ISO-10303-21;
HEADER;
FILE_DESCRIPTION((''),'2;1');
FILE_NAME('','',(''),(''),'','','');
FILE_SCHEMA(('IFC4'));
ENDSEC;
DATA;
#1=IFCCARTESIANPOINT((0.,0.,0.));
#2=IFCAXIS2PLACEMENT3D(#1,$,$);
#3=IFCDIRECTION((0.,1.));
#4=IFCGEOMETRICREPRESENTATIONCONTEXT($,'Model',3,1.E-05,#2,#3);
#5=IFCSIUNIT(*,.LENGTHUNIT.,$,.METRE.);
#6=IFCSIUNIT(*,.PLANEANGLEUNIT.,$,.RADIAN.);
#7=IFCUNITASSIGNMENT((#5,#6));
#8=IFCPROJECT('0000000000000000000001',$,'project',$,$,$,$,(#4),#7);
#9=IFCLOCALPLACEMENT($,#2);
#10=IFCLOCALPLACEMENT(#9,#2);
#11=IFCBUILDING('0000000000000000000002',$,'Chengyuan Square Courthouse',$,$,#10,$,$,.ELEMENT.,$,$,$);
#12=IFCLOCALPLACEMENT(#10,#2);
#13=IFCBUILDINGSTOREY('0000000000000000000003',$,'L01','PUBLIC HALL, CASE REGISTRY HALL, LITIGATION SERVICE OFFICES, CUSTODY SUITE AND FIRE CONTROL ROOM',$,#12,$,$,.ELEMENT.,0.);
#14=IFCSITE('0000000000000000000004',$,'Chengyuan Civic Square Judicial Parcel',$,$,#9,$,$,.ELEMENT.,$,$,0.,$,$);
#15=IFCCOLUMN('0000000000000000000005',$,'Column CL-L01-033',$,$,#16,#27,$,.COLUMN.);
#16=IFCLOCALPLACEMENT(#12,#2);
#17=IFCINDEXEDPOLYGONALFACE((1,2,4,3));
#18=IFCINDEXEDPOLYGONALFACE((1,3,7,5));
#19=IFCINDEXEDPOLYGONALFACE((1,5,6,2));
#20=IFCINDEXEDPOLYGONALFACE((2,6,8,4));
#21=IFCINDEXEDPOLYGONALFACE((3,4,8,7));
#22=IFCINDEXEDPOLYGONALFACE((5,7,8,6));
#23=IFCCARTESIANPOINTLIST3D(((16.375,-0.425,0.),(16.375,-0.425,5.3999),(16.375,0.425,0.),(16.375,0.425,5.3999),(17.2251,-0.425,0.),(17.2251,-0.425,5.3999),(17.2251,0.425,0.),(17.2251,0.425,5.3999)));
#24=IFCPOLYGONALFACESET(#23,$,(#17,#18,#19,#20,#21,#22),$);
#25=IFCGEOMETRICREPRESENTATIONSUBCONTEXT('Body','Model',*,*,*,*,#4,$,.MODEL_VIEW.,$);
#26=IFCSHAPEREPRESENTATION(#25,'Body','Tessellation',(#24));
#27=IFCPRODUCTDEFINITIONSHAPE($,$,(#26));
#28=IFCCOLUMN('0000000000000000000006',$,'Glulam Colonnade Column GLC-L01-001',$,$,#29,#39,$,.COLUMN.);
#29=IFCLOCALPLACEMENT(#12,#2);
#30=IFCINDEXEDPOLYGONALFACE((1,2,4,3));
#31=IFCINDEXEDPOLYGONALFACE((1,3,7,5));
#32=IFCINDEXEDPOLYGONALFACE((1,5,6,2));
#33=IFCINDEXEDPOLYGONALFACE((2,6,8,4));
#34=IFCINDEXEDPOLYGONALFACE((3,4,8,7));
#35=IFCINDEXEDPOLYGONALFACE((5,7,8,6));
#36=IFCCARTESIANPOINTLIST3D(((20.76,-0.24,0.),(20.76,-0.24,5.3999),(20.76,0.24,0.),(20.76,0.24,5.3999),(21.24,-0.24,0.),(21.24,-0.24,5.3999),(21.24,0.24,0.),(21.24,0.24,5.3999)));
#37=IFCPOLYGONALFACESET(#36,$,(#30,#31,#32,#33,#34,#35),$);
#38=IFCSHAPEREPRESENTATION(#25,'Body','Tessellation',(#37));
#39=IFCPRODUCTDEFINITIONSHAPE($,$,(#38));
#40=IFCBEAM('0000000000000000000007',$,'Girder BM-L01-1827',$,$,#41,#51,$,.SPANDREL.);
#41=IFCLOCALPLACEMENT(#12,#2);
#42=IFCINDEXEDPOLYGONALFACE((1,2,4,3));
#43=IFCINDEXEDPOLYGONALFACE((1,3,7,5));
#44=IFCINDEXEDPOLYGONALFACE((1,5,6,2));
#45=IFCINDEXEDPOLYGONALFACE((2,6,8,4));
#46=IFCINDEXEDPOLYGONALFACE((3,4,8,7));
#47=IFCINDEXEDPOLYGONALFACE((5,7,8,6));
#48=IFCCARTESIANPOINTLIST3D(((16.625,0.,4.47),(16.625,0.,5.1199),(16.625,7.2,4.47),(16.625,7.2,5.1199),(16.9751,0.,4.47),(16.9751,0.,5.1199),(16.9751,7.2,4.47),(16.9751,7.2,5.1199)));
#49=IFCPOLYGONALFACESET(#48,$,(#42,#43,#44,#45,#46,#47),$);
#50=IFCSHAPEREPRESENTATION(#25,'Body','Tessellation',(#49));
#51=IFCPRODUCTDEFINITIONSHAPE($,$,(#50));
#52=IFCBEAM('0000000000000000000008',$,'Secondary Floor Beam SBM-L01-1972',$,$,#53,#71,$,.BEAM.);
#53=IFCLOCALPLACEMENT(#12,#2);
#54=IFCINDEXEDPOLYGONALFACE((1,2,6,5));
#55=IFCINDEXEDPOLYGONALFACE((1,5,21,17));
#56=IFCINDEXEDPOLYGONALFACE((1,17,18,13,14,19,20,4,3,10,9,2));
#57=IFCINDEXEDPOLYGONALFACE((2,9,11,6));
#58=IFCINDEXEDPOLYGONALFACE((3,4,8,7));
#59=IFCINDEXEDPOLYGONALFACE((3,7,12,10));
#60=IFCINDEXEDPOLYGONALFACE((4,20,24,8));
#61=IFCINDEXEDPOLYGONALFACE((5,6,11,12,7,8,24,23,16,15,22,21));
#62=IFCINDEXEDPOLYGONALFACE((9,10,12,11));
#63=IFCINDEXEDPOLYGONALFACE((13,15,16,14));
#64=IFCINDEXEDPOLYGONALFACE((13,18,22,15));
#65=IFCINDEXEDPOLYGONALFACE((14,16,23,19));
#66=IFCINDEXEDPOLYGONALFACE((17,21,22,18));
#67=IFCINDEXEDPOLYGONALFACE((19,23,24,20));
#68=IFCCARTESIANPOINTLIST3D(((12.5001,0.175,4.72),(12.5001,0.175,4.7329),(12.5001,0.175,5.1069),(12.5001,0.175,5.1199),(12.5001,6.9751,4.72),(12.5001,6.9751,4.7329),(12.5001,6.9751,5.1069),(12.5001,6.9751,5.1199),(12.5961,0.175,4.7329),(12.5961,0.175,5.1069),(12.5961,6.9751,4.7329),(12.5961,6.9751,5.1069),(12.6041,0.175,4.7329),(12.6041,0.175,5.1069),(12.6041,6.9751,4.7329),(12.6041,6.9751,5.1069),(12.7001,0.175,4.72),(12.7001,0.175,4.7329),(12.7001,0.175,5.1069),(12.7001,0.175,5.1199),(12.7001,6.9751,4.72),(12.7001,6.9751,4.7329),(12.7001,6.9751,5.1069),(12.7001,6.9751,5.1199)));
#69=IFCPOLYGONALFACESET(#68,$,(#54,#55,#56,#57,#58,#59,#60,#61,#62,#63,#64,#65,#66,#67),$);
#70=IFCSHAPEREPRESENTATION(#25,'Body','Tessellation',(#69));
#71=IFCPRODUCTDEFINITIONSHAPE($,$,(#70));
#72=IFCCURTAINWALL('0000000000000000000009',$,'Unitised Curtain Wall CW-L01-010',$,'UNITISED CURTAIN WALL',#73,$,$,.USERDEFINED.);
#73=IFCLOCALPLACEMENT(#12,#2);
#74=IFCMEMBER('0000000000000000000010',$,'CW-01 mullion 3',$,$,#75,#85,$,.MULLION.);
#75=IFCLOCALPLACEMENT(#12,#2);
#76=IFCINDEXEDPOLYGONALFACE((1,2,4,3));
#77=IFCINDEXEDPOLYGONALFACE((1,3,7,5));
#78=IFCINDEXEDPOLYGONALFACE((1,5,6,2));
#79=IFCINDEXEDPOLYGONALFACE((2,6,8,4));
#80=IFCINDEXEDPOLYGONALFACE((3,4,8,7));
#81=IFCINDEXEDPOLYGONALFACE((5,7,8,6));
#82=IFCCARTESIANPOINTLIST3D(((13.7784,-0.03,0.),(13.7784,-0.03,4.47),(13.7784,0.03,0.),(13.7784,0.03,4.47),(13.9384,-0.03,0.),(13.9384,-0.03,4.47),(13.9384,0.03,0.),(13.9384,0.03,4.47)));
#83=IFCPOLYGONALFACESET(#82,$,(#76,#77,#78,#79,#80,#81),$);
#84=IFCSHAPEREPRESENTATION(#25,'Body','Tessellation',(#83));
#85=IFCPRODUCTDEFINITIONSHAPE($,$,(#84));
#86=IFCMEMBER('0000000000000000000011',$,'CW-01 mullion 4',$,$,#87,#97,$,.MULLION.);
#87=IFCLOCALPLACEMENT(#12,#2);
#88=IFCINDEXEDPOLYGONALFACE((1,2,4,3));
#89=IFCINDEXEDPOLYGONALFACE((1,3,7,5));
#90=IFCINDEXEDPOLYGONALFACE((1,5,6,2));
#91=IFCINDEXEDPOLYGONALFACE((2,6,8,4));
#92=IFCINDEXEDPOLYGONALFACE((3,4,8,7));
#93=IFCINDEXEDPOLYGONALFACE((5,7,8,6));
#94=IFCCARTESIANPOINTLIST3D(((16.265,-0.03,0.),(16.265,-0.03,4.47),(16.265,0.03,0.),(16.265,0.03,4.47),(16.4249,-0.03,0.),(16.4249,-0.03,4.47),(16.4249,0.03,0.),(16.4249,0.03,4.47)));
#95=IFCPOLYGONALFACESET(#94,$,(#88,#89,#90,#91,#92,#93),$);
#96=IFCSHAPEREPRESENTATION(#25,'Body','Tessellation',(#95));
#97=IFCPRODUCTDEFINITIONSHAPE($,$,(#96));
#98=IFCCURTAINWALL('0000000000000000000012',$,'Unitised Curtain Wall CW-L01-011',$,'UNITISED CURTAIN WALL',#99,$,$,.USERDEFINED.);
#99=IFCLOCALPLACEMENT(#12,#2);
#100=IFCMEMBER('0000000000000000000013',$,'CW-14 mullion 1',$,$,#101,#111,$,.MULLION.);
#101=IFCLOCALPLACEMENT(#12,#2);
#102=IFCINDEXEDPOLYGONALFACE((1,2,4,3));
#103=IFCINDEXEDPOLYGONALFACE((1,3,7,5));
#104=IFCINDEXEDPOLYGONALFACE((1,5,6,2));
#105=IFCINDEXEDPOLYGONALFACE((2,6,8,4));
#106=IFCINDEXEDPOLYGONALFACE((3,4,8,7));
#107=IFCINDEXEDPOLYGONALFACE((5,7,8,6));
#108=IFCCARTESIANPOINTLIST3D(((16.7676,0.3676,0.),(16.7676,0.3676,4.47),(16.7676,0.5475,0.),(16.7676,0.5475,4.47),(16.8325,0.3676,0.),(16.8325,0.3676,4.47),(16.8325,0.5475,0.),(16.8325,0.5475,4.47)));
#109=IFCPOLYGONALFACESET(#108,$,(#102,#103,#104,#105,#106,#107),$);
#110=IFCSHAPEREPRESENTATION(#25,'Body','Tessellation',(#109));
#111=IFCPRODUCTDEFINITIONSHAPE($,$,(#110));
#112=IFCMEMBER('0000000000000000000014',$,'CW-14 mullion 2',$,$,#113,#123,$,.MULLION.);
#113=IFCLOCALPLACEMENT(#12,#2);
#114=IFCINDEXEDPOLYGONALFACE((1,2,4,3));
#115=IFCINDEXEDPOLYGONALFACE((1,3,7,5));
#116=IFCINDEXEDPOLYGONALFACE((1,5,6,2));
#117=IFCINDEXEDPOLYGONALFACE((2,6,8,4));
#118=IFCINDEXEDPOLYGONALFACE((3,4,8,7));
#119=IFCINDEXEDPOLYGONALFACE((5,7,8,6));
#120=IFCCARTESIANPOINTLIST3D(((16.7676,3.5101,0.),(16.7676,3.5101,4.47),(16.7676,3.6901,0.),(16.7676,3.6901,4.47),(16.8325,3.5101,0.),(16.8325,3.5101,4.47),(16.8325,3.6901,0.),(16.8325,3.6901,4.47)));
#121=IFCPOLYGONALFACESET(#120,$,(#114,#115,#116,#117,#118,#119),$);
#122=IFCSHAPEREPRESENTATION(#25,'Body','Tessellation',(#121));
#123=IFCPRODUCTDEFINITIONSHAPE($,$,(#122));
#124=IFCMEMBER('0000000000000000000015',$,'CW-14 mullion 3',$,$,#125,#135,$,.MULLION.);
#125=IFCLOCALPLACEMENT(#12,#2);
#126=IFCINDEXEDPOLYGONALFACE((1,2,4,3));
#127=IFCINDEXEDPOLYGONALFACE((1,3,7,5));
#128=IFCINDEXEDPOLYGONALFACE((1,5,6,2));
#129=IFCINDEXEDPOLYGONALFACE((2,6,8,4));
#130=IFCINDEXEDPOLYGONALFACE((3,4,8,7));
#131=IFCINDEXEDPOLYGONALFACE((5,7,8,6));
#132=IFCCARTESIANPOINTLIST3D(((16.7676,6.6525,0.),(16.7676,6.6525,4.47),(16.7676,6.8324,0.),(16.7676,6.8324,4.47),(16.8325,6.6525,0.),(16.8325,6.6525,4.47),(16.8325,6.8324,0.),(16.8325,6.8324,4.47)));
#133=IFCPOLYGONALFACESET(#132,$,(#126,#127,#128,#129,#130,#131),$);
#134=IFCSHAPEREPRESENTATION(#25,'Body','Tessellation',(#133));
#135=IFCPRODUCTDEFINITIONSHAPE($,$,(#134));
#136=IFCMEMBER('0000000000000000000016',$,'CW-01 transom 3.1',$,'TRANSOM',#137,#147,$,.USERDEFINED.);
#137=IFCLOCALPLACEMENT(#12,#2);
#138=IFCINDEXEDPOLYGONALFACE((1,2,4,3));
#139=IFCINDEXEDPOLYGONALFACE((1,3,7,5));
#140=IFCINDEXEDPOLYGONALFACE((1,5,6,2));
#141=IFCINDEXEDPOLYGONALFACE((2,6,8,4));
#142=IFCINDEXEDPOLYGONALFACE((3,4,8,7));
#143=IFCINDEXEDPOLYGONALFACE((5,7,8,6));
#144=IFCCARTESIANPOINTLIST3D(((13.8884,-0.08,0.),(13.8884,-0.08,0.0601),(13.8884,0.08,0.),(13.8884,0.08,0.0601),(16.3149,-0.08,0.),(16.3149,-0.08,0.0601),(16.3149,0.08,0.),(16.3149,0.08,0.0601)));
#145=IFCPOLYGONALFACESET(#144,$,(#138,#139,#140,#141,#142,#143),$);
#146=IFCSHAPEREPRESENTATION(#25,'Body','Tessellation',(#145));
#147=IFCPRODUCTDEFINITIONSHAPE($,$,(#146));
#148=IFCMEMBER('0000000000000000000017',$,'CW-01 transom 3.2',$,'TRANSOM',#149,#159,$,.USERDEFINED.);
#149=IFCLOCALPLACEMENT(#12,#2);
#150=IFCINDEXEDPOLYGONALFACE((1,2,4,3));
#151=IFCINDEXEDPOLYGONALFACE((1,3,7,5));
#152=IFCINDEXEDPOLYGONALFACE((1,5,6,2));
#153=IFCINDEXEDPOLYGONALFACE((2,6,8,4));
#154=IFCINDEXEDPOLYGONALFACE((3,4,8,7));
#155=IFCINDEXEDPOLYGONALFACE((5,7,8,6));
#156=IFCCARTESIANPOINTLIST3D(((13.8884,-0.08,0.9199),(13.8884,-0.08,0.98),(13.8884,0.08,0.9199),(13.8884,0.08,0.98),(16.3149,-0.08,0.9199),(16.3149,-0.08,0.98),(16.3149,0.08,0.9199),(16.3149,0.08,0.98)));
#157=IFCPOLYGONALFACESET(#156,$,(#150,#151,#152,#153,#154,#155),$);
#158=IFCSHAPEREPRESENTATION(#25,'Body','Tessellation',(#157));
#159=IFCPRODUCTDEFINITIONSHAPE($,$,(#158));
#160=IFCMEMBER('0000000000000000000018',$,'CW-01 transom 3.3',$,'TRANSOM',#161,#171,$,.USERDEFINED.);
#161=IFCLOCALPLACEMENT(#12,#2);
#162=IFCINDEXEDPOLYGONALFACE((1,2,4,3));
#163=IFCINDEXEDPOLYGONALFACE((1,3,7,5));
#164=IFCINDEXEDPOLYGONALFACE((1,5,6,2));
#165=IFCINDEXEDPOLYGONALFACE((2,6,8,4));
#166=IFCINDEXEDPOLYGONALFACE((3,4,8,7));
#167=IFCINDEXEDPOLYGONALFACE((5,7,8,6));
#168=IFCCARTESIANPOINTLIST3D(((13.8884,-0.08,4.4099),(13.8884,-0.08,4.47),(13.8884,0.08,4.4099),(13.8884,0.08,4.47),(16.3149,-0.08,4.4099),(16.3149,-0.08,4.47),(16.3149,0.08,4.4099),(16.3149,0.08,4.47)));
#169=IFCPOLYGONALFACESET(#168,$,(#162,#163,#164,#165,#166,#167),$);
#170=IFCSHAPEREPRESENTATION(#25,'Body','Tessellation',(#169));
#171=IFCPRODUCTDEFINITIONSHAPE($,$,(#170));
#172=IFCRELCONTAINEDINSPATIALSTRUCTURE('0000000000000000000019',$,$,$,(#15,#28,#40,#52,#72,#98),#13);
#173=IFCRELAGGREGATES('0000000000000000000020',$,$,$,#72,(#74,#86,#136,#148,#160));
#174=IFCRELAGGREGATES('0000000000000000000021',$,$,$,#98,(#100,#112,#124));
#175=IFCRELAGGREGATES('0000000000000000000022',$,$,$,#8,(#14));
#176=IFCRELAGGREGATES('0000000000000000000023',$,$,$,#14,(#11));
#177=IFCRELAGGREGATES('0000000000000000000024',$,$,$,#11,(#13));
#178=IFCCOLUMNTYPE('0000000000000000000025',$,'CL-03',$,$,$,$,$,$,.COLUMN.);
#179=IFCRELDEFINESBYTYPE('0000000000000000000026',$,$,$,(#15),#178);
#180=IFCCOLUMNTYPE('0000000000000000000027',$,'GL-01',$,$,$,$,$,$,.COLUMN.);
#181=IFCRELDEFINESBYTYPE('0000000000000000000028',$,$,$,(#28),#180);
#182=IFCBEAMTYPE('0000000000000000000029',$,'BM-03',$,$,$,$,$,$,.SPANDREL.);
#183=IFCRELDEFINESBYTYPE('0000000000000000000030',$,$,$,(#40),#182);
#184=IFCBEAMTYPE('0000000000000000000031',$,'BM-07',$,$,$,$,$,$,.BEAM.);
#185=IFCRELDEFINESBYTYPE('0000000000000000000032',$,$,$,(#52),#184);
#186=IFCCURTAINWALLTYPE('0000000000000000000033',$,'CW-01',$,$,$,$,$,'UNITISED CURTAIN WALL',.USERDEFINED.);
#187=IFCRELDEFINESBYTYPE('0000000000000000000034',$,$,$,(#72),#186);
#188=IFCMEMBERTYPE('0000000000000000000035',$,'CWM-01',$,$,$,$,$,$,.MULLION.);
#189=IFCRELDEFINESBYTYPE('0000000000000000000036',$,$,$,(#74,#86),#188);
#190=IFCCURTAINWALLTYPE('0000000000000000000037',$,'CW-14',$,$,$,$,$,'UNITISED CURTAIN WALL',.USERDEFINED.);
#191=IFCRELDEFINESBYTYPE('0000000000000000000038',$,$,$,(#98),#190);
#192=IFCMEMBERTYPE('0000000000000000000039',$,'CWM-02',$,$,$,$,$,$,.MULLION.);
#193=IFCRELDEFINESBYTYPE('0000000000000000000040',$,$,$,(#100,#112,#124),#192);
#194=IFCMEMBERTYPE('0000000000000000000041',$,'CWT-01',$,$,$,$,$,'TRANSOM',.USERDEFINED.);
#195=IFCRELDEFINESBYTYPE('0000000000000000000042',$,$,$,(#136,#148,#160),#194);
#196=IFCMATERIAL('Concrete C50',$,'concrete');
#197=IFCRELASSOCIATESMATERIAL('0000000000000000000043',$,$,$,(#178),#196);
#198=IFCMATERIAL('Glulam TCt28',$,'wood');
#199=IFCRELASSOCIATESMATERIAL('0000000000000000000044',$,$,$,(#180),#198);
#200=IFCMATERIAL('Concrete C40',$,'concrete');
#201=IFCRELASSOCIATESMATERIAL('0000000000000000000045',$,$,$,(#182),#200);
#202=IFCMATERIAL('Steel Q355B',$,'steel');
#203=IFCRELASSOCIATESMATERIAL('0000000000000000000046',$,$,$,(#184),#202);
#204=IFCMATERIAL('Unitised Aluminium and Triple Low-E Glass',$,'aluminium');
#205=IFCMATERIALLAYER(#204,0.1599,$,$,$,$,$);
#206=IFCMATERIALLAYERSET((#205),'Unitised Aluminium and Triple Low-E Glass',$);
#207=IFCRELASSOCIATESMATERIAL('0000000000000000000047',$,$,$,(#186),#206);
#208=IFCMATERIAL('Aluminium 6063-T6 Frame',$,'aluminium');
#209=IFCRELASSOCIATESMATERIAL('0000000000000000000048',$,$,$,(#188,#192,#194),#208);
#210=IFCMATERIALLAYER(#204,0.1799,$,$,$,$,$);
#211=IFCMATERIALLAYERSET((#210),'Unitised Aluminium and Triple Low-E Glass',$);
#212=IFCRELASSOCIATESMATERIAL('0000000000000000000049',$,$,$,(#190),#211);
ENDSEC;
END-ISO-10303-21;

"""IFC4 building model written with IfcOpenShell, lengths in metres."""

from ifc_helpers import new_model, si_unit, direction, frame, origin, origin_2d, place, context, subcontext, project, spatial, rectangle, i_section, extrude, material, layer, layer_set, material_profile, profile_set, type_object, element, aggregate, save


model = new_model("IFC4")

# Units and contexts
model_context = context("Model", 3, precision=1e-05, world=origin(), true_north=direction((0.0, 1.0)))
body_context = subcontext(model_context, "Body", "Model", "MODEL_VIEW")
ifc_project = project(units=[si_unit("LENGTHUNIT", "METRE"), si_unit("PLANEANGLEUNIT", "RADIAN")], contexts=[model_context])

# Site, building, storey
site_placement = place(None, origin())
site = spatial("IfcSite", under=ifc_project, at=site_placement, Name="Chengyuan Civic Square Judicial Parcel", CompositionType="ELEMENT", RefElevation=0.0)
building_placement = place(site_placement, origin())
building = spatial("IfcBuilding", under=site, at=building_placement, Name="Chengyuan Square Courthouse", CompositionType="ELEMENT")
storey_placement = place(building_placement, origin())
storey = spatial("IfcBuildingStorey", under=building, at=storey_placement, Name="L01", Description="PUBLIC HALL, CASE REGISTRY HALL, LITIGATION SERVICE OFFICES, CUSTODY SUITE AND FIRE CONTROL ROOM", CompositionType="ELEMENT", Elevation=0.0)

# Columns
ifc_material_1 = material(Name="Concrete C50", Category="concrete")
ifc_material_profile_1 = material_profile(ifc_material_1, rectangle(XDim=0.8501, YDim=0.8501, at=origin_2d()), Name="RC-COL-850x850")
ifc_profile_set_1 = profile_set([ifc_material_profile_1], Name="Concrete C50")
column_type_1 = type_object("IfcColumnType", Name="CL-03", PredefinedType="COLUMN", material=ifc_profile_set_1)
column_1_placement = place(storey_placement, frame((16.8, 0.0, 0.0), z_axis=(0.0, 0.0, 1.0), x_axis=(1.0, 0.0, 0.0)))
element("IfcColumn", 1, at=column_1_placement, inside=storey, type_object=column_type_1, Name="Column CL-L01-033", PredefinedType="COLUMN", context=body_context, shape_type="SweptSolid", body=[
    extrude(rectangle(XDim=0.8501, YDim=0.8501, at=origin_2d()), origin(), (0.0, 0.0, 1.0), 5.3999),
])
ifc_material_2 = material(Name="Glulam TCt28", Category="wood")
ifc_material_profile_2 = material_profile(ifc_material_2, rectangle(XDim=0.48, YDim=0.48, at=origin_2d()), Name="GL-COL-480x480")
ifc_profile_set_2 = profile_set([ifc_material_profile_2], Name="Glulam TCt28")
column_type_2 = type_object("IfcColumnType", Name="GL-01", PredefinedType="COLUMN", material=ifc_profile_set_2)
column_2_placement = place(storey_placement, frame((21.0, 0.0, 0.0), z_axis=(0.0, 0.0, 1.0), x_axis=(1.0, 0.0, 0.0)))
element("IfcColumn", 2, at=column_2_placement, inside=storey, type_object=column_type_2, Name="Glulam Colonnade Column GLC-L01-001", PredefinedType="COLUMN", context=body_context, shape_type="SweptSolid", body=[
    extrude(rectangle(XDim=0.48, YDim=0.48, at=origin_2d()), origin(), (0.0, 0.0, 1.0), 5.3999),
])

# Beams
ifc_material_3 = material(Name="Concrete C40", Category="concrete")
ifc_material_profile_3 = material_profile(ifc_material_3, rectangle(XDim=0.3501, YDim=0.6499, at=origin_2d()), Name="RC-BM-350x650")
ifc_profile_set_3 = profile_set([ifc_material_profile_3], Name="Concrete C40")
beam_type_1 = type_object("IfcBeamType", Name="BM-03", PredefinedType="SPANDREL", material=ifc_profile_set_3)
beam_1_placement = place(storey_placement, frame((16.8, 0.0, 4.7949), z_axis=(0.0, 1.0, 0.0), x_axis=(-1.0, 0.0, 0.0)))
element("IfcBeam", 3, at=beam_1_placement, inside=storey, type_object=beam_type_1, Name="Girder BM-L01-1827", PredefinedType="SPANDREL", context=body_context, shape_type="SweptSolid", body=[
    extrude(rectangle(XDim=0.3501, YDim=0.6499, at=origin_2d()), origin(), (0.0, 0.0, 1.0), 7.2),
])
ifc_material_4 = material(Name="Steel Q355B", Category="steel")
ifc_material_profile_4 = material_profile(ifc_material_4, i_section(OverallWidth=0.2, OverallDepth=0.3999, WebThickness=0.0081, FlangeThickness=0.0129, at=origin_2d()), Name="HN 400x200x8x13")
ifc_profile_set_4 = profile_set([ifc_material_profile_4], Name="Steel Q355B")
beam_type_2 = type_object("IfcBeamType", Name="BM-07", PredefinedType="BEAM", material=ifc_profile_set_4)
beam_2_placement = place(storey_placement, frame((12.6001, 0.175, 4.9199), z_axis=(0.0, 1.0, 0.0), x_axis=(-1.0, 0.0, 0.0)))
element("IfcBeam", 4, at=beam_2_placement, inside=storey, type_object=beam_type_2, Name="Secondary Floor Beam SBM-L01-1972", PredefinedType="BEAM", context=body_context, shape_type="SweptSolid", body=[
    extrude(i_section(OverallWidth=0.2, OverallDepth=0.3999, WebThickness=0.0081, FlangeThickness=0.0129, at=origin_2d()), origin(), (0.0, 0.0, 1.0), 6.8),
])

# Curtain walls, members
ifc_material_5 = material(Name="Unitised Aluminium and Triple Low-E Glass", Category="aluminium")
ifc_layer_1 = layer(ifc_material_5, 0.1599)
ifc_layer_set_1 = layer_set([ifc_layer_1], Name="Unitised Aluminium and Triple Low-E Glass")
curtain_wall_type_1 = type_object("IfcCurtainWallType", Name="CW-01", ElementType="UNITISED CURTAIN WALL", PredefinedType="USERDEFINED", material=ifc_layer_set_1)
curtain_wall_1_placement = place(storey_placement, origin())
curtain_wall_1 = element("IfcCurtainWall", 5, at=curtain_wall_1_placement, inside=storey, type_object=curtain_wall_type_1, Name="Unitised Curtain Wall CW-L01-010", ObjectType="UNITISED CURTAIN WALL", PredefinedType="USERDEFINED")
ifc_material_6 = material(Name="Aluminium 6063-T6 Frame", Category="aluminium")
ifc_material_profile_5 = material_profile(ifc_material_6, rectangle(XDim=0.0601, YDim=0.1599, at=origin_2d()), Name="CW-MUL-60x160")
ifc_profile_set_5 = profile_set([ifc_material_profile_5], Name="Aluminium 6063-T6 Frame")
member_type_1 = type_object("IfcMemberType", Name="CWM-01", PredefinedType="MULLION", material=ifc_profile_set_5)
member_1_placement = place(storey_placement, frame((13.8584, 0.0, 0.0), z_axis=(0.0, 0.0, 1.0), x_axis=(0.0, 1.0, 0.0)))
member_1 = element("IfcMember", 6, at=member_1_placement, type_object=member_type_1, Name="CW-01 mullion 3", PredefinedType="MULLION", context=body_context, shape_type="SweptSolid", body=[
    extrude(rectangle(XDim=0.0601, YDim=0.1599, at=origin_2d()), origin(), (0.0, 0.0, 1.0), 4.47),
])
member_2_placement = place(storey_placement, frame((16.345, 0.0, 0.0), z_axis=(0.0, 0.0, 1.0), x_axis=(0.0, 1.0, 0.0)))
member_2 = element("IfcMember", 7, at=member_2_placement, type_object=member_type_1, Name="CW-01 mullion 4", PredefinedType="MULLION", context=body_context, shape_type="SweptSolid", body=[
    extrude(rectangle(XDim=0.0601, YDim=0.1599, at=origin_2d()), origin(), (0.0, 0.0, 1.0), 4.47),
])
ifc_layer_2 = layer(ifc_material_5, 0.1799)
ifc_layer_set_2 = layer_set([ifc_layer_2], Name="Unitised Aluminium and Triple Low-E Glass")
curtain_wall_type_2 = type_object("IfcCurtainWallType", Name="CW-14", ElementType="UNITISED CURTAIN WALL", PredefinedType="USERDEFINED", material=ifc_layer_set_2)
curtain_wall_2_placement = place(storey_placement, origin())
curtain_wall_2 = element("IfcCurtainWall", 8, at=curtain_wall_2_placement, inside=storey, type_object=curtain_wall_type_2, Name="Unitised Curtain Wall CW-L01-011", ObjectType="UNITISED CURTAIN WALL", PredefinedType="USERDEFINED")
ifc_material_profile_6 = material_profile(ifc_material_6, rectangle(XDim=0.0649, YDim=0.1799, at=origin_2d()), Name="CW-MUL-65x180")
ifc_profile_set_6 = profile_set([ifc_material_profile_6], Name="Aluminium 6063-T6 Frame")
member_type_2 = type_object("IfcMemberType", Name="CWM-02", PredefinedType="MULLION", material=ifc_profile_set_6)
member_3_placement = place(storey_placement, frame((16.8, 0.4575, 0.0), z_axis=(0.0, 0.0, 1.0), x_axis=(-1.0, 0.0, 0.0)))
member_3 = element("IfcMember", 9, at=member_3_placement, type_object=member_type_2, Name="CW-14 mullion 1", PredefinedType="MULLION", context=body_context, shape_type="SweptSolid", body=[
    extrude(rectangle(XDim=0.0649, YDim=0.1799, at=origin_2d()), origin(), (0.0, 0.0, 1.0), 4.47),
])
member_4_placement = place(storey_placement, frame((16.8, 3.6001, 0.0), z_axis=(0.0, 0.0, 1.0), x_axis=(-1.0, 0.0, 0.0)))
member_4 = element("IfcMember", 10, at=member_4_placement, type_object=member_type_2, Name="CW-14 mullion 2", PredefinedType="MULLION", context=body_context, shape_type="SweptSolid", body=[
    extrude(rectangle(XDim=0.0649, YDim=0.1799, at=origin_2d()), origin(), (0.0, 0.0, 1.0), 4.47),
])
member_5_placement = place(storey_placement, frame((16.8, 6.7424, 0.0), z_axis=(0.0, 0.0, 1.0), x_axis=(-1.0, 0.0, 0.0)))
member_5 = element("IfcMember", 11, at=member_5_placement, type_object=member_type_2, Name="CW-14 mullion 3", PredefinedType="MULLION", context=body_context, shape_type="SweptSolid", body=[
    extrude(rectangle(XDim=0.0649, YDim=0.1799, at=origin_2d()), origin(), (0.0, 0.0, 1.0), 4.47),
])

# Members
ifc_material_profile_7 = material_profile(ifc_material_6, rectangle(XDim=0.1599, YDim=0.0601, at=origin_2d()), Name="CW-TRN-60x120")
ifc_profile_set_7 = profile_set([ifc_material_profile_7], Name="Aluminium 6063-T6 Frame")
member_type_3 = type_object("IfcMemberType", Name="CWT-01", ElementType="TRANSOM", PredefinedType="USERDEFINED", material=ifc_profile_set_7)
member_6_placement = place(storey_placement, frame((13.8884, 0.0, 0.03), z_axis=(1.0, 0.0, 0.0), x_axis=(0.0, 1.0, 0.0)))
member_6 = element("IfcMember", 12, at=member_6_placement, type_object=member_type_3, Name="CW-01 transom 3.1", ObjectType="TRANSOM", PredefinedType="USERDEFINED", context=body_context, shape_type="SweptSolid", body=[
    extrude(rectangle(XDim=0.1599, YDim=0.0601, at=origin_2d()), origin(), (0.0, 0.0, 1.0), 2.4265),
])
member_7_placement = place(storey_placement, frame((13.8884, 0.0, 0.95), z_axis=(1.0, 0.0, 0.0), x_axis=(0.0, 1.0, 0.0)))
member_7 = element("IfcMember", 13, at=member_7_placement, type_object=member_type_3, Name="CW-01 transom 3.2", ObjectType="TRANSOM", PredefinedType="USERDEFINED", context=body_context, shape_type="SweptSolid", body=[
    extrude(rectangle(XDim=0.1599, YDim=0.0601, at=origin_2d()), origin(), (0.0, 0.0, 1.0), 2.4265),
])
member_8_placement = place(storey_placement, frame((13.8884, 0.0, 4.4399), z_axis=(1.0, 0.0, 0.0), x_axis=(0.0, 1.0, 0.0)))
member_8 = element("IfcMember", 14, at=member_8_placement, type_object=member_type_3, Name="CW-01 transom 3.3", ObjectType="TRANSOM", PredefinedType="USERDEFINED", context=body_context, shape_type="SweptSolid", body=[
    extrude(rectangle(XDim=0.1599, YDim=0.0601, at=origin_2d()), origin(), (0.0, 0.0, 1.0), 2.4265),
])

aggregate(curtain_wall_1, [member_1, member_2, member_6, member_7, member_8])
aggregate(curtain_wall_2, [member_3, member_4, member_5])

save(model, "model.ifc")
